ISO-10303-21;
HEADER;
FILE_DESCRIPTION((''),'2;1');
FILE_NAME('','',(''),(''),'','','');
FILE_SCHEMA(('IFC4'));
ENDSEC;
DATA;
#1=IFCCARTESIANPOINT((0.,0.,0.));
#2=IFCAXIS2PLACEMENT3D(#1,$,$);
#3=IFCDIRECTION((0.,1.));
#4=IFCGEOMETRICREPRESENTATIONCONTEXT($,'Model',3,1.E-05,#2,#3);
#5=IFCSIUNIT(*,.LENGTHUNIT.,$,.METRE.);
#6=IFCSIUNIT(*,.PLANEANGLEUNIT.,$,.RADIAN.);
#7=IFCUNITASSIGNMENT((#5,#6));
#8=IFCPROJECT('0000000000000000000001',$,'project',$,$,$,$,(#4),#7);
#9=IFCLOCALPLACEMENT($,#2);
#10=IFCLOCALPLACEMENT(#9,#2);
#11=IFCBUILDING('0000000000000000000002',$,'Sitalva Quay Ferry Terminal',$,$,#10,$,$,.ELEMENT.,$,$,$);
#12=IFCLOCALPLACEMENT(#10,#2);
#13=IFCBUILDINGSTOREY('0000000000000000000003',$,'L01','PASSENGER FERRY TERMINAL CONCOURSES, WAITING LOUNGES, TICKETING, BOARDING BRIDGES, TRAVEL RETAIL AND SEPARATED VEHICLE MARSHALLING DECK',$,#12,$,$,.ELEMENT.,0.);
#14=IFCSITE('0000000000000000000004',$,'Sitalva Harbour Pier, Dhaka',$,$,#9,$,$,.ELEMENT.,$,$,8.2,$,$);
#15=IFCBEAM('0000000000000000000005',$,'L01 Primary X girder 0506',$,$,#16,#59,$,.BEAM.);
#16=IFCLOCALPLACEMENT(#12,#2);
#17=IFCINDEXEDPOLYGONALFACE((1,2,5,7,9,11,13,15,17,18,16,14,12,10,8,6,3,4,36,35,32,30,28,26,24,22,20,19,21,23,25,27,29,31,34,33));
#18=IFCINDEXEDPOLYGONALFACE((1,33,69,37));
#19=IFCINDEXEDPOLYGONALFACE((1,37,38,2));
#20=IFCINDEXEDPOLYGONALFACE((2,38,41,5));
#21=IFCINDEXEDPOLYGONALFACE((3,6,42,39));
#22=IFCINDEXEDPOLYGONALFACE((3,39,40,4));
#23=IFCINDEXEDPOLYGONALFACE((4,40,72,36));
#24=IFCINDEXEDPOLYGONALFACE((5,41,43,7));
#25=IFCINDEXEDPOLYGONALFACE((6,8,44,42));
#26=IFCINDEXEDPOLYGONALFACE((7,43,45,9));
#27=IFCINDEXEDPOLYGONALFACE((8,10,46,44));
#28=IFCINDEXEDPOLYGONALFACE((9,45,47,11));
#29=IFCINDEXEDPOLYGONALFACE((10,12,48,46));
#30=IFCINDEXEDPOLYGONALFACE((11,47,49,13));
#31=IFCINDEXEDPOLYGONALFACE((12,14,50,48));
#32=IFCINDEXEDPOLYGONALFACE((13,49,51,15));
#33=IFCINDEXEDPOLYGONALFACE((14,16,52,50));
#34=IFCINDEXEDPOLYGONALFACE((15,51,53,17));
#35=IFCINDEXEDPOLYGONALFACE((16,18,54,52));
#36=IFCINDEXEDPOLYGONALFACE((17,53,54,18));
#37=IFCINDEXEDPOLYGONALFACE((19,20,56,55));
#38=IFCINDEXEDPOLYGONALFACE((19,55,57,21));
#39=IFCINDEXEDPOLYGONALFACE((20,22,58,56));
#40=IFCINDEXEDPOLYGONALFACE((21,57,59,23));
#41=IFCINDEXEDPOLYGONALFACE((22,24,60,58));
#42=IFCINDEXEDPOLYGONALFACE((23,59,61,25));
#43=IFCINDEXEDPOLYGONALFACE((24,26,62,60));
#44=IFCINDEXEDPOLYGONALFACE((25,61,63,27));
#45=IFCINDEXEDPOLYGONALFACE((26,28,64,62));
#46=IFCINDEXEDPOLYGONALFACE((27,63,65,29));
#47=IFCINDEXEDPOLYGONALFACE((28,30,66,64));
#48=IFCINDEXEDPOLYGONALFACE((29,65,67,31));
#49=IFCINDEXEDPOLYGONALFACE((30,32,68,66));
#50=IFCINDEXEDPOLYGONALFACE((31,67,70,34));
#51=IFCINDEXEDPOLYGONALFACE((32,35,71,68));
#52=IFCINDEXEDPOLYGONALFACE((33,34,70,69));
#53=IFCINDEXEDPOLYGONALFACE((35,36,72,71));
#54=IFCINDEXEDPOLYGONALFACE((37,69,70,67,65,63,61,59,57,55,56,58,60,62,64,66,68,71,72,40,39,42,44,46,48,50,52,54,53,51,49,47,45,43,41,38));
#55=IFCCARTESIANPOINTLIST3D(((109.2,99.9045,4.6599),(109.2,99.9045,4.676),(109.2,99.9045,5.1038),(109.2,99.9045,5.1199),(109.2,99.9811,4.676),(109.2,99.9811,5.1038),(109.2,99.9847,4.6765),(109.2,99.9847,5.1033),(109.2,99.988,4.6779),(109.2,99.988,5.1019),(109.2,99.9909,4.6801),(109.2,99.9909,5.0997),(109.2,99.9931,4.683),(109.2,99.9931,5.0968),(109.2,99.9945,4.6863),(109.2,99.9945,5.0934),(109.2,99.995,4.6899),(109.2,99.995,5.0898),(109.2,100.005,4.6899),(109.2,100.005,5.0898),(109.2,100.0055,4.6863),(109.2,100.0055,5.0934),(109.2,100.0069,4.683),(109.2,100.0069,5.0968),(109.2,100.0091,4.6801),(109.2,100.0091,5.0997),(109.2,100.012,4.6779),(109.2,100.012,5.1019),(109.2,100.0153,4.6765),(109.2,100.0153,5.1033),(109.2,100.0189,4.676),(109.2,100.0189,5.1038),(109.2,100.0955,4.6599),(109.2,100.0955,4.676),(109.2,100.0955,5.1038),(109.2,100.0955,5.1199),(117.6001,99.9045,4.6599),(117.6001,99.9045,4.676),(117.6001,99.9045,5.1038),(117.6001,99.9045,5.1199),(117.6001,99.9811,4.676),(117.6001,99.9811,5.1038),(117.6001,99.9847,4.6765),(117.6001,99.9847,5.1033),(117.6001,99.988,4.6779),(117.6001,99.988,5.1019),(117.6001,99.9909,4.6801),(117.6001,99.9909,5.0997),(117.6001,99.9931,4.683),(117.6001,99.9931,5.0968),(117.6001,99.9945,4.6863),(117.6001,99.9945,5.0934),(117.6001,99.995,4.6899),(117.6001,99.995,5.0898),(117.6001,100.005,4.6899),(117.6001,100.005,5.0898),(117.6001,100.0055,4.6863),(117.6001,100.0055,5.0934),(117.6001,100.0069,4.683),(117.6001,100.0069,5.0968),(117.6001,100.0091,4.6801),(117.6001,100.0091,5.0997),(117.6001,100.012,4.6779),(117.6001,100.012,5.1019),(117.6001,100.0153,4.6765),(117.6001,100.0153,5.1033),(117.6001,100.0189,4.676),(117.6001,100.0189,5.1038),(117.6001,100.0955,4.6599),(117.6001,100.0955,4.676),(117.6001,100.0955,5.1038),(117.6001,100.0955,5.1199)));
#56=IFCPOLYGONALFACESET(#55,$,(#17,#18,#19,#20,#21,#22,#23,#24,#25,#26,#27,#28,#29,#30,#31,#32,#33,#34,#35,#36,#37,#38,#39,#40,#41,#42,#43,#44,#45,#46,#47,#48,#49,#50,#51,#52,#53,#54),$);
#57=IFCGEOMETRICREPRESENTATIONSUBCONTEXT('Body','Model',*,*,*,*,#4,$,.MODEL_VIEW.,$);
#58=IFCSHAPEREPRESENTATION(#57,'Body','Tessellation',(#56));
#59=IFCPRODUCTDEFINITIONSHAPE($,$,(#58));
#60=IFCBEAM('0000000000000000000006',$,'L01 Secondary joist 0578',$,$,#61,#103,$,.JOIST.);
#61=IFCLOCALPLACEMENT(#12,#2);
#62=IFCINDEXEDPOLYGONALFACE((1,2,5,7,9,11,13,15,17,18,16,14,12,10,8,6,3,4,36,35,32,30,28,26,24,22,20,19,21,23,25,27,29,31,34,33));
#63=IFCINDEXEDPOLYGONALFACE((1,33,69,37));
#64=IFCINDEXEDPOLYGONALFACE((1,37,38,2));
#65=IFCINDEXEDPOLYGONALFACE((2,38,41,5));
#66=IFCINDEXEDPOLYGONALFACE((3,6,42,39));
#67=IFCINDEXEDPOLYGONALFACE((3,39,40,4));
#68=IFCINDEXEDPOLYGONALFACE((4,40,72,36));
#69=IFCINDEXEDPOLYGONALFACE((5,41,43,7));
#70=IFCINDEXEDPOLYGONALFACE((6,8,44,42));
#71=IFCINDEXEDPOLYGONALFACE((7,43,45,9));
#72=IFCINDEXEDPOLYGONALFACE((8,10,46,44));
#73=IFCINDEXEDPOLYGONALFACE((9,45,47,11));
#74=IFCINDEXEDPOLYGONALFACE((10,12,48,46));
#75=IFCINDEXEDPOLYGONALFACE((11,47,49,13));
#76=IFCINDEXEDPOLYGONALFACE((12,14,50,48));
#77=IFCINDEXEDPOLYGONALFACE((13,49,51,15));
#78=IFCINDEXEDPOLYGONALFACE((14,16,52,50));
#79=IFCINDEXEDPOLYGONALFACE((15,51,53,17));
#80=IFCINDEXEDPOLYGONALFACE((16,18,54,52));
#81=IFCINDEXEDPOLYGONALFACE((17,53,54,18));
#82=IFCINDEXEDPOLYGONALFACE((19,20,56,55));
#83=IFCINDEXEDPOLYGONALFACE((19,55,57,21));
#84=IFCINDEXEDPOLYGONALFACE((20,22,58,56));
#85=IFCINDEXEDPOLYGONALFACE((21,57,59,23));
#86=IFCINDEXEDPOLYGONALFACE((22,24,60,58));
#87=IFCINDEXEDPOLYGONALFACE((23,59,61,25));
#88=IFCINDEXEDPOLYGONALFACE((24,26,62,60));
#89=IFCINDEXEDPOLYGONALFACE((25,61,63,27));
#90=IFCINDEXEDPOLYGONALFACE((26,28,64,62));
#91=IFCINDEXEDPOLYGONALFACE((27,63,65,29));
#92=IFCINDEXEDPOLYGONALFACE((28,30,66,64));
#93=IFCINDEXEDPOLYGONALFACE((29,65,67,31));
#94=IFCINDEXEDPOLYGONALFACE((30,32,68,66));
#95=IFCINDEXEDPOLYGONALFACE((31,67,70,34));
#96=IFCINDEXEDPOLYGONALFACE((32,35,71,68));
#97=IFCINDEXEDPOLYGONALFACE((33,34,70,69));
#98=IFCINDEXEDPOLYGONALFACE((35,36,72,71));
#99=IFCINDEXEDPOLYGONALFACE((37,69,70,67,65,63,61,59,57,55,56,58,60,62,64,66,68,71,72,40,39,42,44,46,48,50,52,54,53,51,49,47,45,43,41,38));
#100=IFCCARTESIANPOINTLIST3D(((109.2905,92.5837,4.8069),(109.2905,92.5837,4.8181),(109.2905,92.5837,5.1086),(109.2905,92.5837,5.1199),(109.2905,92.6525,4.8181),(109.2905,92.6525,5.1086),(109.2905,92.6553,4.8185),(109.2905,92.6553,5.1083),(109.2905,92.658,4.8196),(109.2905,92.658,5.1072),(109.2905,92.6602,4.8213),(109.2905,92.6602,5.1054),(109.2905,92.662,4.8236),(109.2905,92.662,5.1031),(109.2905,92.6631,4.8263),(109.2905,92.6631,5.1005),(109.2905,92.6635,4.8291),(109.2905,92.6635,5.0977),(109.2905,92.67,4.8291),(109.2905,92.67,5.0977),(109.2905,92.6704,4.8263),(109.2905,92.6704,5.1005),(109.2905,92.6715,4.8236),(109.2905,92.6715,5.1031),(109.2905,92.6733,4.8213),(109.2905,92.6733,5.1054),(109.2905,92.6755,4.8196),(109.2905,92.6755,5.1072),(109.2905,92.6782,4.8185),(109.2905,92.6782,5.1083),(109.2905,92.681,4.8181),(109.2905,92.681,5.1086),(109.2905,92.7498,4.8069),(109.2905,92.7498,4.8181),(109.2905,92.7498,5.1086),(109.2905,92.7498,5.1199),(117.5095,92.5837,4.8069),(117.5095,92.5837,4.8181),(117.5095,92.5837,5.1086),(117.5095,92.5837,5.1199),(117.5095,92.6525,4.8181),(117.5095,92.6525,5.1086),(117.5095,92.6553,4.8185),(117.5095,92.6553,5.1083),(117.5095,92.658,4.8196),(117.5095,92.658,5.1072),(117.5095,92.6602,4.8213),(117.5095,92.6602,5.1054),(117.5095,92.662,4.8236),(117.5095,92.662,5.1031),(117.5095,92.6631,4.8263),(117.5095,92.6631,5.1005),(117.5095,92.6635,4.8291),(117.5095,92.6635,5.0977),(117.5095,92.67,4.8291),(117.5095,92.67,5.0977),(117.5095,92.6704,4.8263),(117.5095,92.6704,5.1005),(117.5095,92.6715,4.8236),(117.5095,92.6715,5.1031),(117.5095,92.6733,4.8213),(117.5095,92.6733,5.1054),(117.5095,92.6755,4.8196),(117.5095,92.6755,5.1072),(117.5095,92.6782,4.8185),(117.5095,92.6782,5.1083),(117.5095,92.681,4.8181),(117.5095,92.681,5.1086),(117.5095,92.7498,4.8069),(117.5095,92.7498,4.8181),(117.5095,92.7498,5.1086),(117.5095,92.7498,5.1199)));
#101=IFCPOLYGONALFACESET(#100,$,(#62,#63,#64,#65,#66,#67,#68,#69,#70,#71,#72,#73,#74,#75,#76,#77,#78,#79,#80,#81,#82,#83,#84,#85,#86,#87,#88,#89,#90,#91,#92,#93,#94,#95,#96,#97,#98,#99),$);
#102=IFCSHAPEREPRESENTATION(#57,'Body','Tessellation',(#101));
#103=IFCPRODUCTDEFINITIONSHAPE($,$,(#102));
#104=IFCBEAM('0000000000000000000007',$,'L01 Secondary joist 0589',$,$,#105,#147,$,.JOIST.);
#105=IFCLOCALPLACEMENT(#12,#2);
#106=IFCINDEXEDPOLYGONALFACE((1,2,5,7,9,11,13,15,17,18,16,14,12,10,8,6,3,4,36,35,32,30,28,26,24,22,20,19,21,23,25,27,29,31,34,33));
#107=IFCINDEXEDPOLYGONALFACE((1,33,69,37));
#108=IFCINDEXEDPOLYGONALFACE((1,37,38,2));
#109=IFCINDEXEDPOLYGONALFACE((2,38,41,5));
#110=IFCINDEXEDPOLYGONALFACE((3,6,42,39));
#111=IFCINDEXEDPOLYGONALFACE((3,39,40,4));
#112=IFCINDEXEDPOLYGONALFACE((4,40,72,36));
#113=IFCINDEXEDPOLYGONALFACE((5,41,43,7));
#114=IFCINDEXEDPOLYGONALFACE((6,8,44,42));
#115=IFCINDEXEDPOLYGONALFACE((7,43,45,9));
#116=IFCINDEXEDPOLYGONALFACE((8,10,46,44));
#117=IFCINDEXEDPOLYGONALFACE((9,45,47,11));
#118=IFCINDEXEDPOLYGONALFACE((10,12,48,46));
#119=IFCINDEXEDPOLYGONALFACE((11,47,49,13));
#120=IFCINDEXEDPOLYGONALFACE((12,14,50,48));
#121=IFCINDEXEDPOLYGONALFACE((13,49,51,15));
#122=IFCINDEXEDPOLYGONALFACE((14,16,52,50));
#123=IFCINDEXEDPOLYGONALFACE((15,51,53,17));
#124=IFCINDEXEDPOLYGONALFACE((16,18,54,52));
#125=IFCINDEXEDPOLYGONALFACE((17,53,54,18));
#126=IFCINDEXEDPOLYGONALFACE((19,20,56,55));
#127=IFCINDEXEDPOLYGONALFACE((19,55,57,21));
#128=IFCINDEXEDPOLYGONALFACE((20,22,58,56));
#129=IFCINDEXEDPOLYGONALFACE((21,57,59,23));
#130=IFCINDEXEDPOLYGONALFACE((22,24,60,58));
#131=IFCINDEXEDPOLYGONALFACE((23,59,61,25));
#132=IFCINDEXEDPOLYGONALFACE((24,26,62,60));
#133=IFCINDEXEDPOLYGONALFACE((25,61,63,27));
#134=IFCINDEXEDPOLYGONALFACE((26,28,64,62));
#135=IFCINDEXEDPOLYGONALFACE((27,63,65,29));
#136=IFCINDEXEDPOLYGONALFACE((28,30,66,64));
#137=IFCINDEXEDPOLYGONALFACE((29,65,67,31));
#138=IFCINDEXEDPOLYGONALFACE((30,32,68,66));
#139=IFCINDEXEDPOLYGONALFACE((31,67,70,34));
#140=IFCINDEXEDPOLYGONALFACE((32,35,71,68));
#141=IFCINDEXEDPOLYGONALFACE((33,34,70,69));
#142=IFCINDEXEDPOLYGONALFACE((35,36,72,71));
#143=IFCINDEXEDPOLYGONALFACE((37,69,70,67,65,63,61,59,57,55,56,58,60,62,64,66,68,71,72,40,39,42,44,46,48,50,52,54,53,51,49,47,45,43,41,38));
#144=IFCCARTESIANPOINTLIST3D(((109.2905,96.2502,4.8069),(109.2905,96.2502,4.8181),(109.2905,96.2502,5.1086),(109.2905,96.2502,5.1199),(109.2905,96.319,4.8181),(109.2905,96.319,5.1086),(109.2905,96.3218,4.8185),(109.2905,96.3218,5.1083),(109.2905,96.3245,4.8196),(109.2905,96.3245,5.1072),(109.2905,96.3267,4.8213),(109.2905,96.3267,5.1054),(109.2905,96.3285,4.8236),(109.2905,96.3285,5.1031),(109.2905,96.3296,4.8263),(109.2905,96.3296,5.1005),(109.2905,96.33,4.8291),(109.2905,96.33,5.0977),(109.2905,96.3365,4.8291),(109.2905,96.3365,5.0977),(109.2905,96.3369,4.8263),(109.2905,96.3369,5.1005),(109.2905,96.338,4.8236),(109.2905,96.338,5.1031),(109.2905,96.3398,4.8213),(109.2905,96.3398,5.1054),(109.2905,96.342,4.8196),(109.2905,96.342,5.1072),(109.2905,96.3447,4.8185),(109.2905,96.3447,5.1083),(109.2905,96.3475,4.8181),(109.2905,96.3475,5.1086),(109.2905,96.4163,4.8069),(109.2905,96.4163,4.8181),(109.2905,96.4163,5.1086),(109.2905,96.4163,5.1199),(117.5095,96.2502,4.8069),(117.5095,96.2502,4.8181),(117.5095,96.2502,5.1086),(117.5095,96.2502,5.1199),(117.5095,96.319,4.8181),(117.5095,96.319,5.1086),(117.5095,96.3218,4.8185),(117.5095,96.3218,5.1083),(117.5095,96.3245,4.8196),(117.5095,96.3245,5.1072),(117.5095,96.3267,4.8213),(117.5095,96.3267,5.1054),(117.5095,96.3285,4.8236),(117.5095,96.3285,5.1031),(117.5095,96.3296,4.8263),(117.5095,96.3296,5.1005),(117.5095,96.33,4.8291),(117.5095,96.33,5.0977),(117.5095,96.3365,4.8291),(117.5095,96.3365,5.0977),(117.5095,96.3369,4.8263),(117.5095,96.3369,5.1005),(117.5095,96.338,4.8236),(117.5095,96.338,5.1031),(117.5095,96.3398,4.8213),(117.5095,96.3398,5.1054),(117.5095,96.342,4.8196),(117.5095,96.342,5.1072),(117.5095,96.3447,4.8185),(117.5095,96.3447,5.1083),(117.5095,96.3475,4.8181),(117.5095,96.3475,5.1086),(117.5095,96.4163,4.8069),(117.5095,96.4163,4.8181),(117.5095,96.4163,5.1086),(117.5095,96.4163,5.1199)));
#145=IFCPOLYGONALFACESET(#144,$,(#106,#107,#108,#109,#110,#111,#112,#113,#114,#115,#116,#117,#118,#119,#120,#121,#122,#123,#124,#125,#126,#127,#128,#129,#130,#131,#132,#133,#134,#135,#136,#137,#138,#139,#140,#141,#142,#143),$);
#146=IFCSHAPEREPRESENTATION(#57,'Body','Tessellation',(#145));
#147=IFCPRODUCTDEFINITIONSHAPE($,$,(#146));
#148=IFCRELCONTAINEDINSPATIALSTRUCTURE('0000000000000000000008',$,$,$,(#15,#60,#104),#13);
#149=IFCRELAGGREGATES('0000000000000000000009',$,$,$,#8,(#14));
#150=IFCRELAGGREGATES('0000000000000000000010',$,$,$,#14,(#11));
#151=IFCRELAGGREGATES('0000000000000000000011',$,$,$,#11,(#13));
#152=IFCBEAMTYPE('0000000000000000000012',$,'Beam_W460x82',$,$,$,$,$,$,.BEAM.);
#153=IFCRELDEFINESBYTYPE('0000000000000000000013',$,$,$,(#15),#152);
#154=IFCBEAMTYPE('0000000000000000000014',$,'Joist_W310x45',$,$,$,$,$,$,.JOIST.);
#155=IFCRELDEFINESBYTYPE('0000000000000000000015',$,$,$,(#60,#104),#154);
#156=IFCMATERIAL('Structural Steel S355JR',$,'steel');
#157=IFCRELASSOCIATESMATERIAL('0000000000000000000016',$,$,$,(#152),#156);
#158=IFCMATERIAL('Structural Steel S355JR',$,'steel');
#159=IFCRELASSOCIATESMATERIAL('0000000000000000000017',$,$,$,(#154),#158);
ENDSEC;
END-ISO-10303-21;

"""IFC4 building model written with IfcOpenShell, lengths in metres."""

from ifc_helpers import new_model, si_unit, direction, frame, origin, origin_2d, place, context, subcontext, project, spatial, i_section, extrude, material, material_profile, profile_set, type_object, element, save


model = new_model("IFC4")

# Units and contexts
model_context = context("Model", 3, precision=1e-05, world=origin(), true_north=direction((0.0, 1.0)))
body_context = subcontext(model_context, "Body", "Model", "MODEL_VIEW")
ifc_project = project(units=[si_unit("LENGTHUNIT", "METRE"), si_unit("PLANEANGLEUNIT", "RADIAN")], contexts=[model_context])

# Site, building, storey
site_placement = place(None, origin())
site = spatial("IfcSite", under=ifc_project, at=site_placement, Name="Sitalva Harbour Pier, Dhaka", CompositionType="ELEMENT", RefElevation=8.2)
building_placement = place(site_placement, origin())
building = spatial("IfcBuilding", under=site, at=building_placement, Name="Sitalva Quay Ferry Terminal", CompositionType="ELEMENT")
storey_placement = place(building_placement, origin())
storey = spatial("IfcBuildingStorey", under=building, at=storey_placement, Name="L01", Description="PASSENGER FERRY TERMINAL CONCOURSES, WAITING LOUNGES, TICKETING, BOARDING BRIDGES, TRAVEL RETAIL AND SEPARATED VEHICLE MARSHALLING DECK", CompositionType="ELEMENT", Elevation=0.0)

# Beams
ifc_material_1 = material(Name="Structural Steel S355JR", Category="steel")
ifc_material_profile_1 = material_profile(ifc_material_1, i_section(OverallWidth=0.1909, OverallDepth=0.46, WebThickness=0.01, FlangeThickness=0.0161, FilletRadius=0.0139, at=origin_2d()), Name="W460x82")
ifc_profile_set_1 = profile_set([ifc_material_profile_1], Name="Structural Steel S355JR")
beam_type_1 = type_object("IfcBeamType", Name="Beam_W460x82", PredefinedType="BEAM", material=ifc_profile_set_1)
for number, where, z_axis, x_axis, name in (
    (1, (109.2, 100.0, 4.8899), (1.0, 0.0, 0.0), (0.0, 1.0, 0.0), "L01 Primary X girder 0506"),
):
    element("IfcBeam", number, at=place(storey_placement, frame(where, z_axis=z_axis, x_axis=x_axis)), inside=storey, type_object=beam_type_1, Name=name, PredefinedType="BEAM", context=body_context, shape_type="SweptSolid", body=[
        extrude(i_section(OverallWidth=0.1909, OverallDepth=0.46, WebThickness=0.01, FlangeThickness=0.0161, FilletRadius=0.0139, at=origin_2d()), origin(), (0.0, 0.0, 1.0), 8.4001),
    ])
ifc_material_2 = material(Name="Structural Steel S355JR", Category="steel")
ifc_material_profile_2 = material_profile(ifc_material_2, i_section(OverallWidth=0.166, OverallDepth=0.313, WebThickness=0.0066, FlangeThickness=0.0112, FilletRadius=0.011, at=origin_2d()), Name="W310x45")
ifc_profile_set_2 = profile_set([ifc_material_profile_2], Name="Structural Steel S355JR")
beam_type_2 = type_object("IfcBeamType", Name="Joist_W310x45", PredefinedType="JOIST", material=ifc_profile_set_2)
for number, where, z_axis, x_axis, name in (
    (2, (109.2905, 92.6667, 4.9634), (1.0, 0.0, 0.0), (0.0, 1.0, 0.0), "L01 Secondary joist 0578"),
    (3, (109.2905, 96.3333, 4.9634), (1.0, 0.0, 0.0), (0.0, 1.0, 0.0), "L01 Secondary joist 0589"),
):
    element("IfcBeam", number, at=place(storey_placement, frame(where, z_axis=z_axis, x_axis=x_axis)), inside=storey, type_object=beam_type_2, Name=name, PredefinedType="JOIST", context=body_context, shape_type="SweptSolid", body=[
        extrude(i_section(OverallWidth=0.166, OverallDepth=0.313, WebThickness=0.0066, FlangeThickness=0.0112, FilletRadius=0.011, at=origin_2d()), origin(), (0.0, 0.0, 1.0), 8.219),
    ])

save(model, "model.ifc")
